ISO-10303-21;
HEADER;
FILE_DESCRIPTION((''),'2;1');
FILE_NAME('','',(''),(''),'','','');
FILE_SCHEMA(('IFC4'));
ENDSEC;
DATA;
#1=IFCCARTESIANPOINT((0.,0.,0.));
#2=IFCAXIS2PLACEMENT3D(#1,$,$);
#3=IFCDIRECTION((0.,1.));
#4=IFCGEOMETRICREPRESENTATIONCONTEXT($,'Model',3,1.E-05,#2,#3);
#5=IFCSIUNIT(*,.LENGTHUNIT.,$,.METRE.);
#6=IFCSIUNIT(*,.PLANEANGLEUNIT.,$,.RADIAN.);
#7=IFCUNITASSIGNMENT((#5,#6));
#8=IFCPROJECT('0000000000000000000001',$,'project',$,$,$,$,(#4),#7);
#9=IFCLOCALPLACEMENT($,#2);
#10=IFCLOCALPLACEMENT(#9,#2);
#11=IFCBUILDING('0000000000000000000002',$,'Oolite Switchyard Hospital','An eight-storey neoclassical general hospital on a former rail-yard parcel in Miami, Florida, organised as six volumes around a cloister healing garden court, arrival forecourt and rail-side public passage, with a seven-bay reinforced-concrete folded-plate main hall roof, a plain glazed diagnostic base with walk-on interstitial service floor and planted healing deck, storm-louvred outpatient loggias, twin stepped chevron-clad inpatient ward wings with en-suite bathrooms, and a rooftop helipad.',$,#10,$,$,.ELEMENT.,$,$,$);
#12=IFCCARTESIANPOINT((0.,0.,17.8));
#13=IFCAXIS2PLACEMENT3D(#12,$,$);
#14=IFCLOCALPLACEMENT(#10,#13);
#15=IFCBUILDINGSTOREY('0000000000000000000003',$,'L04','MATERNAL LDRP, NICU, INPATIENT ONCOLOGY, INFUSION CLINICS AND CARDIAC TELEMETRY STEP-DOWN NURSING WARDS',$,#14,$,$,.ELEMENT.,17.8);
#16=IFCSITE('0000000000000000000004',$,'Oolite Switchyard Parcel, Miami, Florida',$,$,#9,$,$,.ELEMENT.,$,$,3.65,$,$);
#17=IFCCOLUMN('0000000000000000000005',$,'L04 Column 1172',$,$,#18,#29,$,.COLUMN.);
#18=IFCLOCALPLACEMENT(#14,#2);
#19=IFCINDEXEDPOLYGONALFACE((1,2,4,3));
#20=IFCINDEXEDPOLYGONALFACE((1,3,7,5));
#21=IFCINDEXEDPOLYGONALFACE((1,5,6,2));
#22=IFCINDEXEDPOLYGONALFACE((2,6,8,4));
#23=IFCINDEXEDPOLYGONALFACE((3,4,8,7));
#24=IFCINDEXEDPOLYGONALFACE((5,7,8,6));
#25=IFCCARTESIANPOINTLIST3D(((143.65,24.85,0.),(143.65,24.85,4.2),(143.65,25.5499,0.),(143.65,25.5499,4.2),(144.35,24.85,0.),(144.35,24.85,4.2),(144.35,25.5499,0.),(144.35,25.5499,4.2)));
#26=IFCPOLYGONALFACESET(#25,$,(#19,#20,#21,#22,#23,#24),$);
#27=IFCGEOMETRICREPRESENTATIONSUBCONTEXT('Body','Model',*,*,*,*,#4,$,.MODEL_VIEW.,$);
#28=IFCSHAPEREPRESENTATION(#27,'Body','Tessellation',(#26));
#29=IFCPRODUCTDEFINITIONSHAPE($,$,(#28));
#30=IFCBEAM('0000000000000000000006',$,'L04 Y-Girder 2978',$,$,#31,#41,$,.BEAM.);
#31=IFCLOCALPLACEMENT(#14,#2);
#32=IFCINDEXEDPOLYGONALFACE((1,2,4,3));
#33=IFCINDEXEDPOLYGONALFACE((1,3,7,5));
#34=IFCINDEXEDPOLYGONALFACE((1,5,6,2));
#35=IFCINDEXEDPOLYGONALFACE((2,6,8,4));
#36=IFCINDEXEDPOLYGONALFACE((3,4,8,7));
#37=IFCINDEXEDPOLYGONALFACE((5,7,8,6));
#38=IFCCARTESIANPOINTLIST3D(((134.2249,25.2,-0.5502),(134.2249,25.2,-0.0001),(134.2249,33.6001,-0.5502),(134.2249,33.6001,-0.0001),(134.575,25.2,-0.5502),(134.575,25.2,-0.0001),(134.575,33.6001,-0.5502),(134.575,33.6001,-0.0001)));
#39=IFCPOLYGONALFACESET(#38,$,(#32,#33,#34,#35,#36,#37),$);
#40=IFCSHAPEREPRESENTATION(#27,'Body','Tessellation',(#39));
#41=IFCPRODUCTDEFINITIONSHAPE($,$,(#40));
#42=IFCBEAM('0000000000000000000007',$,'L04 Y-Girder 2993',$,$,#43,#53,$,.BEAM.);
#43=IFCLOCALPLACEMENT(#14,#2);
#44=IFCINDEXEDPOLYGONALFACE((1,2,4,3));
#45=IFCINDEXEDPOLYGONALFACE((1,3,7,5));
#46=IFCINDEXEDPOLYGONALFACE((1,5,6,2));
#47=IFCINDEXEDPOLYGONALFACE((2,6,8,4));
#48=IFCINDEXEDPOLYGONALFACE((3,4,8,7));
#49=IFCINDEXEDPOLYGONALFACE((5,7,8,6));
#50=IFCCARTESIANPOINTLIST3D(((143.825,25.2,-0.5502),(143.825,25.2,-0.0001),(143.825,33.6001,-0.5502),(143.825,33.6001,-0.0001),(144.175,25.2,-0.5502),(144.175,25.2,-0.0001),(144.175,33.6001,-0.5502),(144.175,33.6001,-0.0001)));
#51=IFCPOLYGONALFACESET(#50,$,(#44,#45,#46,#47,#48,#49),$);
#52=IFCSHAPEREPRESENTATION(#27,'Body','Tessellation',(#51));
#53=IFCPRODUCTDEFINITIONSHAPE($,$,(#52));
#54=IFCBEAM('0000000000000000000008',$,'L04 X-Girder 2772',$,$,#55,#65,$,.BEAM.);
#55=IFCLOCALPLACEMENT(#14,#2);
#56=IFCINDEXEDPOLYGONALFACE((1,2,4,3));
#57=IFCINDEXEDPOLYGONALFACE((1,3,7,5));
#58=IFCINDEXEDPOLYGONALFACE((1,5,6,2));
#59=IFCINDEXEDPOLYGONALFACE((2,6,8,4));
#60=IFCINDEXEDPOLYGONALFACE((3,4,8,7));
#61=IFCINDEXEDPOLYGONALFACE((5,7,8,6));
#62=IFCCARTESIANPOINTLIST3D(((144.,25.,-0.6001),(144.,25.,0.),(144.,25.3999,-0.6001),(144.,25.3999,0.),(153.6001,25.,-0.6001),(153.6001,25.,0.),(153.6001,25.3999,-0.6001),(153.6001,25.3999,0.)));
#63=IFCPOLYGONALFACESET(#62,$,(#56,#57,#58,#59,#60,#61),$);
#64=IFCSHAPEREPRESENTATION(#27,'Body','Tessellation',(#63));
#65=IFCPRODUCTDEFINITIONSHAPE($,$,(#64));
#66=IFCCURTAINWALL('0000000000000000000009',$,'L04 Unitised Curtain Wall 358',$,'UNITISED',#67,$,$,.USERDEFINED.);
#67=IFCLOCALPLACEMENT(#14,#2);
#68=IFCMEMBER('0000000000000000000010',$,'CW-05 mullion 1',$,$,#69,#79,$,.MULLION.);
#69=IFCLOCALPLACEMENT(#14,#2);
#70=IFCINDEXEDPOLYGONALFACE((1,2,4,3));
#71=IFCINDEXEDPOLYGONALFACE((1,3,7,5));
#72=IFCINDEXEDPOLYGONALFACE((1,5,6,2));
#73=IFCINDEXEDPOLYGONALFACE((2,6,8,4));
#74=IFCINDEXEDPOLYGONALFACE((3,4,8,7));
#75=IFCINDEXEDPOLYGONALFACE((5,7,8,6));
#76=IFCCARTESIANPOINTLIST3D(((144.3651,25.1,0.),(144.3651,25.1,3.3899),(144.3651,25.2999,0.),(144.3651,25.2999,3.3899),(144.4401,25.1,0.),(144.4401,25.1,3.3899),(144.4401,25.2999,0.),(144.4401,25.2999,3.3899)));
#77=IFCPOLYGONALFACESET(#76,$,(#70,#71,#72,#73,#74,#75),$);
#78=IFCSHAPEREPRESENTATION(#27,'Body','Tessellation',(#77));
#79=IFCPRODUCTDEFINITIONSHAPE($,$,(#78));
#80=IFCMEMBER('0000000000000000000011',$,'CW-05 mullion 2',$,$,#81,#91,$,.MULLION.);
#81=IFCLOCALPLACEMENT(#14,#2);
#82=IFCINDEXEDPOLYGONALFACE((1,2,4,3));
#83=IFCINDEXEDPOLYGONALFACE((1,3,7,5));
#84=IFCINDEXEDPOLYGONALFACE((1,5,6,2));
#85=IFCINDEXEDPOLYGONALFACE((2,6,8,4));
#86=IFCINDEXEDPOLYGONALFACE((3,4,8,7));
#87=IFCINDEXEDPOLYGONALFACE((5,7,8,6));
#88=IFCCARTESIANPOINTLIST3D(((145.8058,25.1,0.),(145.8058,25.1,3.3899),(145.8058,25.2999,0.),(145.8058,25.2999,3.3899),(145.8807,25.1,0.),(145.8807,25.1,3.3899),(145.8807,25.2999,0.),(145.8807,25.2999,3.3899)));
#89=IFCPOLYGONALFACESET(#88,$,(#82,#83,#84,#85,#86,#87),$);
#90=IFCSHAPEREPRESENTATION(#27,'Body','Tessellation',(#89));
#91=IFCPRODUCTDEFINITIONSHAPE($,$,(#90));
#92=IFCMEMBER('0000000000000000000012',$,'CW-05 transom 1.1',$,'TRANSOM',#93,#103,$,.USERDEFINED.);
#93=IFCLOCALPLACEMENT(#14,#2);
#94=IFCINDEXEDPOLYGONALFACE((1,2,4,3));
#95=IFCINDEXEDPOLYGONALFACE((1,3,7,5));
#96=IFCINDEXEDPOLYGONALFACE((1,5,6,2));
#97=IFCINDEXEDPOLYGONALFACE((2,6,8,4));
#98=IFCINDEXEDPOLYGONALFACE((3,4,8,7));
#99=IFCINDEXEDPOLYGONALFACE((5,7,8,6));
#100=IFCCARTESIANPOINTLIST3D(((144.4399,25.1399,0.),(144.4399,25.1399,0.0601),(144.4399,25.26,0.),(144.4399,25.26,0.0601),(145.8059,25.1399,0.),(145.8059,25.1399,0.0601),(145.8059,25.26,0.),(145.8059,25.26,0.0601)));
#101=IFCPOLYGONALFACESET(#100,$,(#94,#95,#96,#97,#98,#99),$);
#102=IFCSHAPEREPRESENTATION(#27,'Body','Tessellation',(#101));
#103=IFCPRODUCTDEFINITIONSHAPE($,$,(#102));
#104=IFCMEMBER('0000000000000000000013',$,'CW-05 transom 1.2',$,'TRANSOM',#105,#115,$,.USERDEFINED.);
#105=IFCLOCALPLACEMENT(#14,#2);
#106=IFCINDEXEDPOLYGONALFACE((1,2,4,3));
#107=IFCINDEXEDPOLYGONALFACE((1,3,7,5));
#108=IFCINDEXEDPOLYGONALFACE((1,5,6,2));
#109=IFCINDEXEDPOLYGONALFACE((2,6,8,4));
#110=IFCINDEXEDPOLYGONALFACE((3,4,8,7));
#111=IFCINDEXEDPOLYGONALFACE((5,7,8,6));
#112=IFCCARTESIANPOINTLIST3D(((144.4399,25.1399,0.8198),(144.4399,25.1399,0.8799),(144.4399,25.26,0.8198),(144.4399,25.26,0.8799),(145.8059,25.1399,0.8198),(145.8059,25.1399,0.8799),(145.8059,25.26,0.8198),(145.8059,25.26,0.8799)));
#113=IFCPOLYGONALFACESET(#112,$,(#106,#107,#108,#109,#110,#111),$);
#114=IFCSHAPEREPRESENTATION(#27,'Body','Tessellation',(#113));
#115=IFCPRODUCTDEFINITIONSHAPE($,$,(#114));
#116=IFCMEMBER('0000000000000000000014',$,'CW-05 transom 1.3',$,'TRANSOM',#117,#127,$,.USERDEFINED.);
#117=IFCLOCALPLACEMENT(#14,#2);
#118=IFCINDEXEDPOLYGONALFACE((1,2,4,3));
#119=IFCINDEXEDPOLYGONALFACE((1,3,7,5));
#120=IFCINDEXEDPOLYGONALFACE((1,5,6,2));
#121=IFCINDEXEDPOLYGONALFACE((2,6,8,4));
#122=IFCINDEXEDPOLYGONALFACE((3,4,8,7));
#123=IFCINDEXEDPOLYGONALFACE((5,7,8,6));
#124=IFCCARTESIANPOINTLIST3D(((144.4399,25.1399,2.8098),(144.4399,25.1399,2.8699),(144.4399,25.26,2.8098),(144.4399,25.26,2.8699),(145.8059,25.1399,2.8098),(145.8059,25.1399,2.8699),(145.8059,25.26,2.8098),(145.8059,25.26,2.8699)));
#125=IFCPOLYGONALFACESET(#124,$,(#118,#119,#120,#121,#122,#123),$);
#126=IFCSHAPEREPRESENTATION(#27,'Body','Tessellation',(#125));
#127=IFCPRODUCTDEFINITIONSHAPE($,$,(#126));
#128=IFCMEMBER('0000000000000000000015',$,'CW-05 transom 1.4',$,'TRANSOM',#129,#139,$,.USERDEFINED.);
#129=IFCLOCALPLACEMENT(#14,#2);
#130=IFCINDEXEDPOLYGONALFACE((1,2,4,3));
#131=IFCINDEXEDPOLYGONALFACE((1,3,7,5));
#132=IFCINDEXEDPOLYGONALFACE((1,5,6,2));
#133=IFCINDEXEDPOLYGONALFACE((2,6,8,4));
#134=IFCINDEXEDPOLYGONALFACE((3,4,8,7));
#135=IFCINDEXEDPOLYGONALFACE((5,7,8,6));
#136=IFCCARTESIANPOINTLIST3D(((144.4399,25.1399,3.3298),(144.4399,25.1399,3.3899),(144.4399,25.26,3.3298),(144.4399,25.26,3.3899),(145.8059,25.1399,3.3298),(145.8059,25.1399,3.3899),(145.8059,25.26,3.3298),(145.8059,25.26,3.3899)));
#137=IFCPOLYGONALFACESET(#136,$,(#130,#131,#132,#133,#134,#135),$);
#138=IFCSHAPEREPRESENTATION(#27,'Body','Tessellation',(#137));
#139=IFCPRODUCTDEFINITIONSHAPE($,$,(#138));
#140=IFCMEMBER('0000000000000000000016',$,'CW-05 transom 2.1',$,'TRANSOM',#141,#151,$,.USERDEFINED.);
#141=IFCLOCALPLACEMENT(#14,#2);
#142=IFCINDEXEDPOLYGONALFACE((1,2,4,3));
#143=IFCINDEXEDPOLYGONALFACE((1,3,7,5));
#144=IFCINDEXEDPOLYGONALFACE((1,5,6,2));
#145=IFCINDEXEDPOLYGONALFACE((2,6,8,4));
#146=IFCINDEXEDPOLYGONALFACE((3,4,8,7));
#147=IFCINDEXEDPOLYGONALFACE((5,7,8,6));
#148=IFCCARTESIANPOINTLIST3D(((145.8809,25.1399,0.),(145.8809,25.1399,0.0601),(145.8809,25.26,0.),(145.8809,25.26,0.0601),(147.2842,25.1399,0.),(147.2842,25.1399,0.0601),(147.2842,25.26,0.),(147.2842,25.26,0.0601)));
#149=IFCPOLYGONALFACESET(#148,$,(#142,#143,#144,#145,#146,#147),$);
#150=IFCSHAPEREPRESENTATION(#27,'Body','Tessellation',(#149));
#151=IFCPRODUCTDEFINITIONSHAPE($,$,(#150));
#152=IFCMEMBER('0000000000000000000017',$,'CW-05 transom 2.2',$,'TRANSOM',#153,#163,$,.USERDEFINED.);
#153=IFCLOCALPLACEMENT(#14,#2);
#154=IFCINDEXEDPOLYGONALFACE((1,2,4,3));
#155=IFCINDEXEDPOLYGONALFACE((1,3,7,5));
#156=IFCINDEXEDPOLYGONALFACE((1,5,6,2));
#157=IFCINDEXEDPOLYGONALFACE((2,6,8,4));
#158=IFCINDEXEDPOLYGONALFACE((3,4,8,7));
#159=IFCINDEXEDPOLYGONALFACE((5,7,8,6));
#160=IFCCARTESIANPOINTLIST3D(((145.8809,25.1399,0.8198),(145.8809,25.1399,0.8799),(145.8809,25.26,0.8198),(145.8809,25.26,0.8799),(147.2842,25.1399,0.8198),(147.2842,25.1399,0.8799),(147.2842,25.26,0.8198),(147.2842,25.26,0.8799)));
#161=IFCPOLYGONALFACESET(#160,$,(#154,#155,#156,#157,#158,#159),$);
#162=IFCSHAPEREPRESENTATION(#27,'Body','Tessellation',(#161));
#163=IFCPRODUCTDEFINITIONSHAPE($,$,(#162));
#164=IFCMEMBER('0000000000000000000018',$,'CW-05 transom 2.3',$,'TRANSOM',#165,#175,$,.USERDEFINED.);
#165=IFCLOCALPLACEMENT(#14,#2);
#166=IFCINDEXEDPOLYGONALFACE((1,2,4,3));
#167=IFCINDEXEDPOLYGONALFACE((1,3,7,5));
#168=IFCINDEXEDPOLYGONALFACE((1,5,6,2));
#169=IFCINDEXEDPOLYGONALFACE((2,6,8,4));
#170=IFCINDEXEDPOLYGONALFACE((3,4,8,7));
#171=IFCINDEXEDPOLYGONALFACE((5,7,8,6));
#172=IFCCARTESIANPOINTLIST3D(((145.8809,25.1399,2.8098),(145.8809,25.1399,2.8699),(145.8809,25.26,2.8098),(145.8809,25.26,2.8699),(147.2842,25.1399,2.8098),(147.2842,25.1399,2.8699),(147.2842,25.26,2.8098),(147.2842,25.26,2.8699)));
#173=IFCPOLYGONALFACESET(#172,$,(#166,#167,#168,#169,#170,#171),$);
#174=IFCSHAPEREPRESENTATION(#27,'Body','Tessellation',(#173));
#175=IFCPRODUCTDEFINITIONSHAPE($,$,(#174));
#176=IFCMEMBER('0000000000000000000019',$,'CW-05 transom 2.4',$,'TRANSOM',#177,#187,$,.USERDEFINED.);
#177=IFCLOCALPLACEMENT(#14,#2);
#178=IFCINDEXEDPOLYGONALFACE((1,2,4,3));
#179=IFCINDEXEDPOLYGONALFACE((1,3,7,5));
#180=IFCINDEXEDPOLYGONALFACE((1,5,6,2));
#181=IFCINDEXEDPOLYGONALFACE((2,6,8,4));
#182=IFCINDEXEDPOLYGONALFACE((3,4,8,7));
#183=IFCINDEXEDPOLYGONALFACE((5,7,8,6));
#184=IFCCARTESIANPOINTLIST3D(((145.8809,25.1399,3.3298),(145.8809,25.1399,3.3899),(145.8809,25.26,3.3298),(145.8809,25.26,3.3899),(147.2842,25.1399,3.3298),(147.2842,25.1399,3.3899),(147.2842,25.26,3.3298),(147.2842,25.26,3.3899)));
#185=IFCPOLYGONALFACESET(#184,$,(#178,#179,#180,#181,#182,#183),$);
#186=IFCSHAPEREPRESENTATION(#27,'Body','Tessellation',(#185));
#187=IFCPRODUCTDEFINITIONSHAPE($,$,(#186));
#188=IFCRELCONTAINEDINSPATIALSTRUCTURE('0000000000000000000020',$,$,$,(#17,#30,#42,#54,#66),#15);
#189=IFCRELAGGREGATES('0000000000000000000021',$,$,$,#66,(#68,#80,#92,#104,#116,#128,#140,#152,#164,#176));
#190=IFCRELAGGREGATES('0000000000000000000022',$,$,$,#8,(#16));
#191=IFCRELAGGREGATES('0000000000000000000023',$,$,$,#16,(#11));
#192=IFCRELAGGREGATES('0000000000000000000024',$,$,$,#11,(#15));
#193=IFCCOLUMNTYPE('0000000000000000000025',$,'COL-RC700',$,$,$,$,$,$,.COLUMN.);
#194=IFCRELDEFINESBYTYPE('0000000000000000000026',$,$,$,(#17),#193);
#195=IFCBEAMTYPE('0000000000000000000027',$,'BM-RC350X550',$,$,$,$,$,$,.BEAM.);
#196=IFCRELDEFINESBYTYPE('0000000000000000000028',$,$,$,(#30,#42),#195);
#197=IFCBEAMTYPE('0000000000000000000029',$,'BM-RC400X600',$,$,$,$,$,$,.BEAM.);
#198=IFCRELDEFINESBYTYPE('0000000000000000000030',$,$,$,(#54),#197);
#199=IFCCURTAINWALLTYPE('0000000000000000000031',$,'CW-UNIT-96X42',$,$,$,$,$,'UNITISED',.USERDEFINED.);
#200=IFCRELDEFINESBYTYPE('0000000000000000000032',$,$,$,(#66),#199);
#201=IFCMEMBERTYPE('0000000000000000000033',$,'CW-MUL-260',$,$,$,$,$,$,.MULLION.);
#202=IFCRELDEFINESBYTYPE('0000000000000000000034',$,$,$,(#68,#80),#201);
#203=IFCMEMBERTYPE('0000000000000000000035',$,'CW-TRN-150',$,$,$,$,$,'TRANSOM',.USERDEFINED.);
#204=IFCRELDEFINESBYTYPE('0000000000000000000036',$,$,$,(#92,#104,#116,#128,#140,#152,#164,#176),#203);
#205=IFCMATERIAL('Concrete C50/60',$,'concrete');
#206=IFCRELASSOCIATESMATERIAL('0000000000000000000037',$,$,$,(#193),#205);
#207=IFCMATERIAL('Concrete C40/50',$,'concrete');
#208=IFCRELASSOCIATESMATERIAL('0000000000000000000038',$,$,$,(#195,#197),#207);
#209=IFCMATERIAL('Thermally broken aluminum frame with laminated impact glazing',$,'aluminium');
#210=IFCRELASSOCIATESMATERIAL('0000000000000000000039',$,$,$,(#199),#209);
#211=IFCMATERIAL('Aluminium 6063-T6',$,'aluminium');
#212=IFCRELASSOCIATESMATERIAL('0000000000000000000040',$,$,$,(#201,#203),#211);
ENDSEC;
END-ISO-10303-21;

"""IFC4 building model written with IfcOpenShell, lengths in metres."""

from ifc_helpers import new_model, si_unit, direction, frame, origin, origin_2d, place, context, subcontext, project, spatial, rectangle, extrude, material, material_profile, profile_set, type_object, element, aggregate, save


model = new_model("IFC4")

# Units and contexts
model_context = context("Model", 3, precision=1e-05, world=origin(), true_north=direction((0.0, 1.0)))
body_context = subcontext(model_context, "Body", "Model", "MODEL_VIEW")
ifc_project = project(units=[si_unit("LENGTHUNIT", "METRE"), si_unit("PLANEANGLEUNIT", "RADIAN")], contexts=[model_context])

# Site, building, storey
site_placement = place(None, origin())
site = spatial("IfcSite", under=ifc_project, at=site_placement, Name="Oolite Switchyard Parcel, Miami, Florida", CompositionType="ELEMENT", RefElevation=3.65)
building_placement = place(site_placement, origin())
building = spatial("IfcBuilding", under=site, at=building_placement, Name="Oolite Switchyard Hospital", Description="An eight-storey neoclassical general hospital on a former rail-yard parcel in Miami, Florida, organised as six volumes around a cloister healing garden court, arrival forecourt and rail-side public passage, with a seven-bay reinforced-concrete folded-plate main hall roof, a plain glazed diagnostic base with walk-on interstitial service floor and planted healing deck, storm-louvred outpatient loggias, twin stepped chevron-clad inpatient ward wings with en-suite bathrooms, and a rooftop helipad.", CompositionType="ELEMENT")
storey_placement = place(building_placement, frame((0.0, 0.0, 17.8)))
storey = spatial("IfcBuildingStorey", under=building, at=storey_placement, Name="L04", Description="MATERNAL LDRP, NICU, INPATIENT ONCOLOGY, INFUSION CLINICS AND CARDIAC TELEMETRY STEP-DOWN NURSING WARDS", CompositionType="ELEMENT", Elevation=17.8)

# Column
ifc_material_1 = material(Name="Concrete C50/60", Category="concrete")
ifc_material_profile_1 = material_profile(ifc_material_1, rectangle(XDim=0.7, YDim=0.7, at=origin_2d()), Name="RC700X700")
ifc_profile_set_1 = profile_set([ifc_material_profile_1], Name="Concrete C50/60")
column_type = type_object("IfcColumnType", Name="COL-RC700", PredefinedType="COLUMN", material=ifc_profile_set_1)
column_placement = place(storey_placement, frame((144.0, 25.2, 0.0), z_axis=(0.0, 0.0, 1.0), x_axis=(1.0, 0.0, 0.0)))
element("IfcColumn", 1, at=column_placement, inside=storey, type_object=column_type, Name="L04 Column 1172", PredefinedType="COLUMN", context=body_context, shape_type="SweptSolid", body=[
    extrude(rectangle(XDim=0.7, YDim=0.7, at=origin_2d()), origin(), (0.0, 0.0, 1.0), 4.2),
])

# Beams
ifc_material_2 = material(Name="Concrete C40/50", Category="concrete")
ifc_material_profile_2 = material_profile(ifc_material_2, rectangle(XDim=0.3501, YDim=0.55, at=origin_2d()), Name="RCB350X550")
ifc_profile_set_2 = profile_set([ifc_material_profile_2], Name="Concrete C40/50")
beam_type_1 = type_object("IfcBeamType", Name="BM-RC350X550", PredefinedType="BEAM", material=ifc_profile_set_2)
for number, where, z_axis, x_axis, name in (
    (2, (134.3999, 25.2, -0.2751), (0.0, 1.0, 0.0), (-1.0, 0.0, 0.0), "L04 Y-Girder 2978"),
    (3, (144.0, 25.2, -0.2751), (0.0, 1.0, 0.0), (-1.0, 0.0, 0.0), "L04 Y-Girder 2993"),
):
    element("IfcBeam", number, at=place(storey_placement, frame(where, z_axis=z_axis, x_axis=x_axis)), inside=storey, type_object=beam_type_1, Name=name, PredefinedType="BEAM", context=body_context, shape_type="SweptSolid", body=[
        extrude(rectangle(XDim=0.3501, YDim=0.55, at=origin_2d()), origin(), (0.0, 0.0, 1.0), 8.4001),
    ])
ifc_material_profile_3 = material_profile(ifc_material_2, rectangle(XDim=0.3999, YDim=0.6001, at=origin_2d()), Name="RCB400X600")
ifc_profile_set_3 = profile_set([ifc_material_profile_3], Name="Concrete C40/50")
beam_type_2 = type_object("IfcBeamType", Name="BM-RC400X600", PredefinedType="BEAM", material=ifc_profile_set_3)
beam_placement = place(storey_placement, frame((144.0, 25.2, -0.3), z_axis=(1.0, 0.0, 0.0), x_axis=(0.0, 1.0, 0.0)))
element("IfcBeam", 4, at=beam_placement, inside=storey, type_object=beam_type_2, Name="L04 X-Girder 2772", PredefinedType="BEAM", context=body_context, shape_type="SweptSolid", body=[
    extrude(rectangle(XDim=0.3999, YDim=0.6001, at=origin_2d()), origin(), (0.0, 0.0, 1.0), 9.6001),
])

# Curtain wall, members
ifc_material_3 = material(Name="Thermally broken aluminum frame with laminated impact glazing", Category="aluminium")
curtain_wall_type = type_object("IfcCurtainWallType", Name="CW-UNIT-96X42", ElementType="UNITISED", PredefinedType="USERDEFINED", material=ifc_material_3)
curtain_wall_placement = place(storey_placement, origin())
curtain_wall = element("IfcCurtainWall", 5, at=curtain_wall_placement, inside=storey, type_object=curtain_wall_type, Name="L04 Unitised Curtain Wall 358", ObjectType="UNITISED", PredefinedType="USERDEFINED")
ifc_material_4 = material(Name="Aluminium 6063-T6", Category="aluminium")
ifc_material_profile_4 = material_profile(ifc_material_4, rectangle(XDim=0.2, YDim=0.075, at=origin_2d()), Name="CWM75X200")
ifc_profile_set_4 = profile_set([ifc_material_profile_4], Name="Aluminium 6063-T6")
member_type_1 = type_object("IfcMemberType", Name="CW-MUL-260", PredefinedType="MULLION", material=ifc_profile_set_4)
member_1_placement = place(storey_placement, frame((144.4026, 25.2, 0.0), z_axis=(0.0, 0.0, 1.0), x_axis=(0.0, 1.0, 0.0)))
member_1 = element("IfcMember", 6, at=member_1_placement, type_object=member_type_1, Name="CW-05 mullion 1", PredefinedType="MULLION", context=body_context, shape_type="SweptSolid", body=[
    extrude(rectangle(XDim=0.2, YDim=0.075, at=origin_2d()), origin(), (0.0, 0.0, 1.0), 3.3899),
])
member_2_placement = place(storey_placement, frame((145.8433, 25.2, 0.0), z_axis=(0.0, 0.0, 1.0), x_axis=(0.0, 1.0, 0.0)))
member_2 = element("IfcMember", 7, at=member_2_placement, type_object=member_type_1, Name="CW-05 mullion 2", PredefinedType="MULLION", context=body_context, shape_type="SweptSolid", body=[
    extrude(rectangle(XDim=0.2, YDim=0.075, at=origin_2d()), origin(), (0.0, 0.0, 1.0), 3.3899),
])
ifc_material_profile_5 = material_profile(ifc_material_4, rectangle(XDim=0.1201, YDim=0.0601, at=origin_2d()), Name="CWT60X120")
ifc_profile_set_5 = profile_set([ifc_material_profile_5], Name="Aluminium 6063-T6")
member_type_2 = type_object("IfcMemberType", Name="CW-TRN-150", ElementType="TRANSOM", PredefinedType="USERDEFINED", material=ifc_profile_set_5)
member_3_placement = place(storey_placement, frame((144.4399, 25.2, 0.03), z_axis=(1.0, 0.0, 0.0), x_axis=(0.0, 1.0, 0.0)))
member_3 = element("IfcMember", 8, at=member_3_placement, type_object=member_type_2, Name="CW-05 transom 1.1", ObjectType="TRANSOM", PredefinedType="USERDEFINED", context=body_context, shape_type="SweptSolid", body=[
    extrude(rectangle(XDim=0.1201, YDim=0.0601, at=origin_2d()), origin(), (0.0, 0.0, 1.0), 1.366),
])
member_4_placement = place(storey_placement, frame((144.4399, 25.2, 0.8499), z_axis=(1.0, 0.0, 0.0), x_axis=(0.0, 1.0, 0.0)))
member_4 = element("IfcMember", 9, at=member_4_placement, type_object=member_type_2, Name="CW-05 transom 1.2", ObjectType="TRANSOM", PredefinedType="USERDEFINED", context=body_context, shape_type="SweptSolid", body=[
    extrude(rectangle(XDim=0.1201, YDim=0.0601, at=origin_2d()), origin(), (0.0, 0.0, 1.0), 1.366),
])
member_5_placement = place(storey_placement, frame((144.4399, 25.2, 2.8398), z_axis=(1.0, 0.0, 0.0), x_axis=(0.0, 1.0, 0.0)))
member_5 = element("IfcMember", 10, at=member_5_placement, type_object=member_type_2, Name="CW-05 transom 1.3", ObjectType="TRANSOM", PredefinedType="USERDEFINED", context=body_context, shape_type="SweptSolid", body=[
    extrude(rectangle(XDim=0.1201, YDim=0.0601, at=origin_2d()), origin(), (0.0, 0.0, 1.0), 1.366),
])
member_6_placement = place(storey_placement, frame((144.4399, 25.2, 3.3599), z_axis=(1.0, 0.0, 0.0), x_axis=(0.0, 1.0, 0.0)))
member_6 = element("IfcMember", 11, at=member_6_placement, type_object=member_type_2, Name="CW-05 transom 1.4", ObjectType="TRANSOM", PredefinedType="USERDEFINED", context=body_context, shape_type="SweptSolid", body=[
    extrude(rectangle(XDim=0.1201, YDim=0.0601, at=origin_2d()), origin(), (0.0, 0.0, 1.0), 1.366),
])
member_7_placement = place(storey_placement, frame((145.8809, 25.2, 0.03), z_axis=(1.0, 0.0, 0.0), x_axis=(0.0, 1.0, 0.0)))
member_7 = element("IfcMember", 12, at=member_7_placement, type_object=member_type_2, Name="CW-05 transom 2.1", ObjectType="TRANSOM", PredefinedType="USERDEFINED", context=body_context, shape_type="SweptSolid", body=[
    extrude(rectangle(XDim=0.1201, YDim=0.0601, at=origin_2d()), origin(), (0.0, 0.0, 1.0), 1.4033),
])
member_8_placement = place(storey_placement, frame((145.8809, 25.2, 0.8499), z_axis=(1.0, 0.0, 0.0), x_axis=(0.0, 1.0, 0.0)))
member_8 = element("IfcMember", 13, at=member_8_placement, type_object=member_type_2, Name="CW-05 transom 2.2", ObjectType="TRANSOM", PredefinedType="USERDEFINED", context=body_context, shape_type="SweptSolid", body=[
    extrude(rectangle(XDim=0.1201, YDim=0.0601, at=origin_2d()), origin(), (0.0, 0.0, 1.0), 1.4033),
])
member_9_placement = place(storey_placement, frame((145.8809, 25.2, 2.8398), z_axis=(1.0, 0.0, 0.0), x_axis=(0.0, 1.0, 0.0)))
member_9 = element("IfcMember", 14, at=member_9_placement, type_object=member_type_2, Name="CW-05 transom 2.3", ObjectType="TRANSOM", PredefinedType="USERDEFINED", context=body_context, shape_type="SweptSolid", body=[
    extrude(rectangle(XDim=0.1201, YDim=0.0601, at=origin_2d()), origin(), (0.0, 0.0, 1.0), 1.4033),
])
member_10_placement = place(storey_placement, frame((145.8809, 25.2, 3.3599), z_axis=(1.0, 0.0, 0.0), x_axis=(0.0, 1.0, 0.0)))
member_10 = element("IfcMember", 15, at=member_10_placement, type_object=member_type_2, Name="CW-05 transom 2.4", ObjectType="TRANSOM", PredefinedType="USERDEFINED", context=body_context, shape_type="SweptSolid", body=[
    extrude(rectangle(XDim=0.1201, YDim=0.0601, at=origin_2d()), origin(), (0.0, 0.0, 1.0), 1.4033),
])
aggregate(curtain_wall, [member_1, member_2, member_3, member_4, member_5, member_6, member_7, member_8, member_9, member_10])

save(model, "model.ifc")
